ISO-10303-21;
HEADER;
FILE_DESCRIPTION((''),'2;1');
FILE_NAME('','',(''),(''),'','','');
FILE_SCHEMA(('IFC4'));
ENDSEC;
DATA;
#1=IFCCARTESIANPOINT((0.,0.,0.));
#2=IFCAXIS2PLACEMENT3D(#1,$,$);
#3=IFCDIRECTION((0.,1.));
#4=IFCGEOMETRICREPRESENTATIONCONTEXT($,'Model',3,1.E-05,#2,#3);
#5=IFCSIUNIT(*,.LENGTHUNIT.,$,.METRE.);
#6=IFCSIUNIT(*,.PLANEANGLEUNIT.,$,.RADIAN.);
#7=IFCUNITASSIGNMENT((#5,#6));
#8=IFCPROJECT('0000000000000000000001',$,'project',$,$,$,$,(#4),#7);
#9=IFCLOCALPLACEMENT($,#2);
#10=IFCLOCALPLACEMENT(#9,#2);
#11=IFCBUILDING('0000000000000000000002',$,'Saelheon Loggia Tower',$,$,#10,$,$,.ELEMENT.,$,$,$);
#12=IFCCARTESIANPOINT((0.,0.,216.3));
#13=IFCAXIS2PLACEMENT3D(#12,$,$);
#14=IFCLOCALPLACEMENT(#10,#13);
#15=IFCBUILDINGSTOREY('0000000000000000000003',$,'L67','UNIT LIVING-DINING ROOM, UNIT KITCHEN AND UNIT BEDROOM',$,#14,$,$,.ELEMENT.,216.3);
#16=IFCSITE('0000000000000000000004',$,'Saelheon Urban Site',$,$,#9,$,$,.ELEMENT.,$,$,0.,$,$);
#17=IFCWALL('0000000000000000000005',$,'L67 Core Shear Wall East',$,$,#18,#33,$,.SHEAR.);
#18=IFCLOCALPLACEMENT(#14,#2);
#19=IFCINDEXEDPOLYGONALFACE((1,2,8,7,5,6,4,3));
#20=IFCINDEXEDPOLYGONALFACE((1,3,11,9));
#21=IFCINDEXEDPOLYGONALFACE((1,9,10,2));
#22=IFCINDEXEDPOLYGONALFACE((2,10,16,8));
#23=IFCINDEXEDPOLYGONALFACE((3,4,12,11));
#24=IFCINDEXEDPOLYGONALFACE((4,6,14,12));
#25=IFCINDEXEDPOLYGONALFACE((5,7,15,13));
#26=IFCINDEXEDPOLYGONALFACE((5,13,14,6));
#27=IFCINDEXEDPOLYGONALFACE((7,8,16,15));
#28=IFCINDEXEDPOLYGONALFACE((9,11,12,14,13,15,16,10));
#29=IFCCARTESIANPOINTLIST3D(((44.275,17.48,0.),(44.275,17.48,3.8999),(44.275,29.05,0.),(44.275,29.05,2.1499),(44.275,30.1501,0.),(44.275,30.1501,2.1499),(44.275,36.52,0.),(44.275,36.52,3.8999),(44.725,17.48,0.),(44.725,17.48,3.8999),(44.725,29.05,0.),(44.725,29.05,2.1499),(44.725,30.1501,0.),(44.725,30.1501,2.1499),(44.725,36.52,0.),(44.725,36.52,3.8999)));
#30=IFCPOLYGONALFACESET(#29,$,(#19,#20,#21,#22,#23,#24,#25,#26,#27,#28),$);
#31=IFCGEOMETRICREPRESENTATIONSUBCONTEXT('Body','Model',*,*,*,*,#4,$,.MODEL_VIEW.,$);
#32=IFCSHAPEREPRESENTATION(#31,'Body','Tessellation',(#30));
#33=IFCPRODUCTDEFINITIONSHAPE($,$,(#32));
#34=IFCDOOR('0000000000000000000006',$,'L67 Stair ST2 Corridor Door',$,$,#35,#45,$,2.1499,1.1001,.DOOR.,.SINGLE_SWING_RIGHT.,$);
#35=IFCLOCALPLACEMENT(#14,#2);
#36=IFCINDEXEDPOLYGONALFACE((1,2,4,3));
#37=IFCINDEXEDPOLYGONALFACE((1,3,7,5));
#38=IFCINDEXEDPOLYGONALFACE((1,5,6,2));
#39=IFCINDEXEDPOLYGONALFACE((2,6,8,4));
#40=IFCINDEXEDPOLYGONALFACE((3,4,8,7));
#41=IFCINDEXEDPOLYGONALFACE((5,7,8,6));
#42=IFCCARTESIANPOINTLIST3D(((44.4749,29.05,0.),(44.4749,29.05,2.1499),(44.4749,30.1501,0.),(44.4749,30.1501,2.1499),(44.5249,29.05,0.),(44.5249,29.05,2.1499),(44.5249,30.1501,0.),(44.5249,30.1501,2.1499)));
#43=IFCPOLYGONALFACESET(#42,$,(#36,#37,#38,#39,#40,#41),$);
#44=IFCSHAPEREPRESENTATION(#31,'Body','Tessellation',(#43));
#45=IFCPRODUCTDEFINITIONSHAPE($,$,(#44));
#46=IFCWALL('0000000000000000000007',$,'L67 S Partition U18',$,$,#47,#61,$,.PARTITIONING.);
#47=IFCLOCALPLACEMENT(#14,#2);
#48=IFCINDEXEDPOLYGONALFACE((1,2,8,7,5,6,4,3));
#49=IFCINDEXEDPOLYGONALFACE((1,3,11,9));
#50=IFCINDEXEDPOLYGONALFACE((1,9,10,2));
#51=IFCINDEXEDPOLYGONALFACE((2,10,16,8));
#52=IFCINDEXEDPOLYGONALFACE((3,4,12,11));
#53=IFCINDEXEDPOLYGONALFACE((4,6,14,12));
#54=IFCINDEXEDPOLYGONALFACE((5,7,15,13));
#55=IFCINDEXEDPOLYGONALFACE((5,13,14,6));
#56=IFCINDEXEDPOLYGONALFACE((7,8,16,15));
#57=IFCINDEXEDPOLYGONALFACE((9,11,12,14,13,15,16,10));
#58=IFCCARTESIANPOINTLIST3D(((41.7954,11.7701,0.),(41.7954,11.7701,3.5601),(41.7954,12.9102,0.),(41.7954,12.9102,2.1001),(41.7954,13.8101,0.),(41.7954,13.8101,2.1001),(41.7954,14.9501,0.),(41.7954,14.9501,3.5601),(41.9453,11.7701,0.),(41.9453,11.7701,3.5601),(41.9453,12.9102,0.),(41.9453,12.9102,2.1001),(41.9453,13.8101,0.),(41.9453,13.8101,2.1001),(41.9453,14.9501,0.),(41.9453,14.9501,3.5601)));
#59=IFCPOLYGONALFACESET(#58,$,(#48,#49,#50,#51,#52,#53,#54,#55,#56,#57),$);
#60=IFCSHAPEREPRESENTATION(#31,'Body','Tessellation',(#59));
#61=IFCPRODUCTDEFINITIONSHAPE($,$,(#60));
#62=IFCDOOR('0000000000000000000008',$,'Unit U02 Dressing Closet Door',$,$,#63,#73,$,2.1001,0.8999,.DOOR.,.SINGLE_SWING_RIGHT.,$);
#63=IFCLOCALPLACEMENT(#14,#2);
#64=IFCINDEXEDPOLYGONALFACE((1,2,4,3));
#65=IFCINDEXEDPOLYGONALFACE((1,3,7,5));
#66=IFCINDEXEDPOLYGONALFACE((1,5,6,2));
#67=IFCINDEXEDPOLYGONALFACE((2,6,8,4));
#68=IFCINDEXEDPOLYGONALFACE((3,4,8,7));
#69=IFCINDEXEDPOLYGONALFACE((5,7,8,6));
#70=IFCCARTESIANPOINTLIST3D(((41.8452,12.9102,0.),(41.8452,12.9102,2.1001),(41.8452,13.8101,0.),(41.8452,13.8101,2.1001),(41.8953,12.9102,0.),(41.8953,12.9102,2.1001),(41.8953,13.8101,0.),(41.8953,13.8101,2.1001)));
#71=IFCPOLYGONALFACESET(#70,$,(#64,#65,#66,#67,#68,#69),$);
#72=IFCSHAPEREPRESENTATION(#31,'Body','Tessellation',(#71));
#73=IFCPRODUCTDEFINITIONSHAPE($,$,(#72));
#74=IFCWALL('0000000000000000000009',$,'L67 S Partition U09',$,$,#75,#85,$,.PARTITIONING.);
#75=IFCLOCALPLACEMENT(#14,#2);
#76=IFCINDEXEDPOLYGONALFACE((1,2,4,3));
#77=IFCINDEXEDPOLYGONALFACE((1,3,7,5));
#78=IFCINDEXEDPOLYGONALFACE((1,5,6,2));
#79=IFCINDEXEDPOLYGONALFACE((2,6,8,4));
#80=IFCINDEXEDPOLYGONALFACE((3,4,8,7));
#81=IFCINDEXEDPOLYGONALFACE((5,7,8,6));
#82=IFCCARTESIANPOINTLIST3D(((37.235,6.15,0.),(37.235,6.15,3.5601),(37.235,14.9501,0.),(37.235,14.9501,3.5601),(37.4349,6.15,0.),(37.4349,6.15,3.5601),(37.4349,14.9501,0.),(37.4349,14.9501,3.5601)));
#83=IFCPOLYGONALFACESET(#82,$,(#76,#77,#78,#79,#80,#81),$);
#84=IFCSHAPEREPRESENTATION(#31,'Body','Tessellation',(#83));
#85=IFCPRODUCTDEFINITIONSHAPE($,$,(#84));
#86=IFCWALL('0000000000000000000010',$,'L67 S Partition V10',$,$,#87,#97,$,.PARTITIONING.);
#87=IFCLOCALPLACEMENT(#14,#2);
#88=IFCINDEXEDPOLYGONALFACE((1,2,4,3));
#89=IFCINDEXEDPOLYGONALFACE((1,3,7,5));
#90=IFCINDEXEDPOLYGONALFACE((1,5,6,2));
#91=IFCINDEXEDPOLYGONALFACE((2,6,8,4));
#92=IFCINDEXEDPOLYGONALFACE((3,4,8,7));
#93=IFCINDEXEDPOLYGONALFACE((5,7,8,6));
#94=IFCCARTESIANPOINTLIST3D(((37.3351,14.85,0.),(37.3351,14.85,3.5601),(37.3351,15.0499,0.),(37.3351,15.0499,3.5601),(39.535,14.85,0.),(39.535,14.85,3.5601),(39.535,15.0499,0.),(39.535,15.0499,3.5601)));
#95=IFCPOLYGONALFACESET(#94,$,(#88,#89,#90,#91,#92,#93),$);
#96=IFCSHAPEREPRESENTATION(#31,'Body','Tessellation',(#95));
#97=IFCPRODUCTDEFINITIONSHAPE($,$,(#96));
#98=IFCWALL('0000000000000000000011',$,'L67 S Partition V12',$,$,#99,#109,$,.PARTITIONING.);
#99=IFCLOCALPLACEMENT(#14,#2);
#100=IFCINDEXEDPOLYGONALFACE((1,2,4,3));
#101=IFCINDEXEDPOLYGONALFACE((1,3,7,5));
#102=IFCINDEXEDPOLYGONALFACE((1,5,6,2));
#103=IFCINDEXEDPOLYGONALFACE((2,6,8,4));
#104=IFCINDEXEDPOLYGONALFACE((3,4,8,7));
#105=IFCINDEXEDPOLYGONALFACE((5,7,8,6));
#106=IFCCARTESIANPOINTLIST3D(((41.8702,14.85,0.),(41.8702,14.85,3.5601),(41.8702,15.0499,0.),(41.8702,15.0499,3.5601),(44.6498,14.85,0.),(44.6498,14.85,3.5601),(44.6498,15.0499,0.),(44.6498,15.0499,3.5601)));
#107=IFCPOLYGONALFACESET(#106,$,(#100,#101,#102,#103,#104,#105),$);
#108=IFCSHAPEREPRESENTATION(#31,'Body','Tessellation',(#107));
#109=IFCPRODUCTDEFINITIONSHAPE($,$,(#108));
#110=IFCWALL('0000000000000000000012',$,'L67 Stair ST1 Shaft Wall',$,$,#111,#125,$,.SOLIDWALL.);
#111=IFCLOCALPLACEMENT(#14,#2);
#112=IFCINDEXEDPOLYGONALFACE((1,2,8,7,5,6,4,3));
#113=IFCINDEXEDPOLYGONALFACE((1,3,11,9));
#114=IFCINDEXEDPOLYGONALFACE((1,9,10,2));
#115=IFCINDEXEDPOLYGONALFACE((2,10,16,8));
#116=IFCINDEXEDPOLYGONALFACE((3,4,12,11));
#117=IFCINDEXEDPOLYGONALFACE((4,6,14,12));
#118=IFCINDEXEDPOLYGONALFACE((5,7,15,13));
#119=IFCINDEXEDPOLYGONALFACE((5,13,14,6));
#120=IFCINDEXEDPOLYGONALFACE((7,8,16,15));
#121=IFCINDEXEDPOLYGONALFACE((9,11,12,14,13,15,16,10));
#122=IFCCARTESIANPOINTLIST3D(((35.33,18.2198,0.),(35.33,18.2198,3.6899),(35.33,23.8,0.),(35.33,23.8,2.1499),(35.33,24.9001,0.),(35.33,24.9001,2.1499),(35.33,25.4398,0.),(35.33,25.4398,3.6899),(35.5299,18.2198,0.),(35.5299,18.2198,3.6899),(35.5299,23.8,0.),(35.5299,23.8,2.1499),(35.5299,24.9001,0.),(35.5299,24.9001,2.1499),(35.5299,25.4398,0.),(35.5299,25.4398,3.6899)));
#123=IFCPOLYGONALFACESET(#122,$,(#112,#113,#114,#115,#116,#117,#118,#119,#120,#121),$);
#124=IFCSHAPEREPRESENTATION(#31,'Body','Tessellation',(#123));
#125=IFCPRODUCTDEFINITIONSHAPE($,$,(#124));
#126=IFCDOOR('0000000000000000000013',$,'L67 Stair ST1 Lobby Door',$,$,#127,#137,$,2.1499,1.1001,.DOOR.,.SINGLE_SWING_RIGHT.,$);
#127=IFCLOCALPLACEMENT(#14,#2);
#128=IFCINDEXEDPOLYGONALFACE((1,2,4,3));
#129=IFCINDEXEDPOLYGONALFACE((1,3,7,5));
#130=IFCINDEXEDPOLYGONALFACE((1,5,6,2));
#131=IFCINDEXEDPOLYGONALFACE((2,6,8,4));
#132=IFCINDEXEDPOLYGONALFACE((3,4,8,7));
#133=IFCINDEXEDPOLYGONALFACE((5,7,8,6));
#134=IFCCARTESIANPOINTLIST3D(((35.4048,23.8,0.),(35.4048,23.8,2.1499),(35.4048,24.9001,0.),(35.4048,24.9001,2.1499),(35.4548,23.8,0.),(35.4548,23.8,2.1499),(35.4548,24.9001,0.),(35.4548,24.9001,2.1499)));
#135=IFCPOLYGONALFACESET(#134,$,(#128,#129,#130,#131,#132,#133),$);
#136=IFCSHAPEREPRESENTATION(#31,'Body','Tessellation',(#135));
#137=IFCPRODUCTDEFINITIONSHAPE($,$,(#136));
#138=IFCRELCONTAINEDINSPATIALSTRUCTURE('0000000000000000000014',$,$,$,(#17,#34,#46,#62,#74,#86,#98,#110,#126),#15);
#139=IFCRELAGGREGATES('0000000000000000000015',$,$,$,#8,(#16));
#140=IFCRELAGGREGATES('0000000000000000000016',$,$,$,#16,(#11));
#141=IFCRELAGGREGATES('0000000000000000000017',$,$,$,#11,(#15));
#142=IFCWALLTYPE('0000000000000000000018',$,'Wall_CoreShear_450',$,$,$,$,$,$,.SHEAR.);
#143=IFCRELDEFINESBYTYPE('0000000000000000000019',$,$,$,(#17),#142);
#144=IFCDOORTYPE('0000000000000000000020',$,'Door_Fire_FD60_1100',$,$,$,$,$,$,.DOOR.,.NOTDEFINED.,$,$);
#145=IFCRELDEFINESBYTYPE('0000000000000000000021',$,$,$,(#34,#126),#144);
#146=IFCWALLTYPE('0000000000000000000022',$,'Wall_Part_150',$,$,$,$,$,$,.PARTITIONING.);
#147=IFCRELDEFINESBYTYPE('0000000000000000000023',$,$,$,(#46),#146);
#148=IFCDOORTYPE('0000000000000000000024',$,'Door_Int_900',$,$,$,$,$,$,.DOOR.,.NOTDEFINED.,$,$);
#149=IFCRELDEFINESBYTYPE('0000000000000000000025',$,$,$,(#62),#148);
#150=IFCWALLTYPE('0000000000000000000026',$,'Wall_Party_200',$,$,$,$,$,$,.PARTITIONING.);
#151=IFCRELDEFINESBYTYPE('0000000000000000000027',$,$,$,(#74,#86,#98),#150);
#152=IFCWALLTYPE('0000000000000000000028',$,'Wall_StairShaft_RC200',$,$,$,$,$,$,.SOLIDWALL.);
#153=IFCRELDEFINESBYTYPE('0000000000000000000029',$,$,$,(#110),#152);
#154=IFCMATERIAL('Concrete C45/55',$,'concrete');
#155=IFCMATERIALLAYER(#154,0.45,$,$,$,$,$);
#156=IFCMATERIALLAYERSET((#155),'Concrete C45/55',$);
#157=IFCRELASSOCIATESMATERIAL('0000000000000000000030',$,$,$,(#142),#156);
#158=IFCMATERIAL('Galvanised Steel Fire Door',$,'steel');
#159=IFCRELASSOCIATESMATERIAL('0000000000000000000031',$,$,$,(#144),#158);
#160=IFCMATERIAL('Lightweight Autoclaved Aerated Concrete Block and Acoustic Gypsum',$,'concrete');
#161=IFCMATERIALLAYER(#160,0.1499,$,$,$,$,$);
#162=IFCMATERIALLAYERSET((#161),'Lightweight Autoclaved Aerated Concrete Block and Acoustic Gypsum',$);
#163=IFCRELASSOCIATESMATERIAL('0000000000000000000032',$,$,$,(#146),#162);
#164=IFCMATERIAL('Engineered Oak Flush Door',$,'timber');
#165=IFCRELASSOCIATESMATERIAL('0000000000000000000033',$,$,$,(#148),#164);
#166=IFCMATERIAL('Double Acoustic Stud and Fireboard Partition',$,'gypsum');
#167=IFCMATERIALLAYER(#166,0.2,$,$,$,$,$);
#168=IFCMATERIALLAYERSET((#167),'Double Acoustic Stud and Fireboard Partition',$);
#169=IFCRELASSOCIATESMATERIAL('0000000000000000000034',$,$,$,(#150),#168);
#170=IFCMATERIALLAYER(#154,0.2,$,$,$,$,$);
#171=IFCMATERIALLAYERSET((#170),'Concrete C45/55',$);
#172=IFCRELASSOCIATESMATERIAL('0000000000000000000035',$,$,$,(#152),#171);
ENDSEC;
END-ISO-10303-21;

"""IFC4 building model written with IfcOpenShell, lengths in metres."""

from ifc_helpers import new_model, si_unit, direction, frame, frame_2d, origin, place, context, subcontext, project, spatial, rectangle, extrude, source, transform, mapped, material, layer, layer_set, type_object, element, fill, save


model = new_model("IFC4")

# Units and contexts
model_context = context("Model", 3, precision=1e-05, world=origin(), true_north=direction((0.0, 1.0)))
body_context = subcontext(model_context, "Body", "Model", "MODEL_VIEW")
ifc_project = project(units=[si_unit("LENGTHUNIT", "METRE"), si_unit("PLANEANGLEUNIT", "RADIAN")], contexts=[model_context])

# Site, building, storey
site_placement = place(None, origin())
site = spatial("IfcSite", under=ifc_project, at=site_placement, Name="Saelheon Urban Site", CompositionType="ELEMENT", RefElevation=0.0)
building_placement = place(site_placement, origin())
building = spatial("IfcBuilding", under=site, at=building_placement, Name="Saelheon Loggia Tower", CompositionType="ELEMENT")
storey_placement = place(building_placement, frame((0.0, 0.0, 216.3)))
storey = spatial("IfcBuildingStorey", under=building, at=storey_placement, Name="L67", Description="UNIT LIVING-DINING ROOM, UNIT KITCHEN AND UNIT BEDROOM", CompositionType="ELEMENT", Elevation=216.3)

# Walls, openings, doors
ifc_material_1 = material(Name="Concrete C45/55", Category="concrete")
ifc_layer_1 = layer(ifc_material_1, 0.45)
ifc_layer_set_1 = layer_set([ifc_layer_1], Name="Concrete C45/55")
wall_type_1 = type_object("IfcWallType", Name="Wall_CoreShear_450", PredefinedType="SHEAR", material=ifc_layer_set_1)
wall_1_placement = place(storey_placement, frame((44.5, 17.48, 0.0), z_axis=(0.0, 0.0, 1.0), x_axis=(0.0, 1.0, 0.0)))
wall_1 = element("IfcWall", 1, at=wall_1_placement, inside=storey, type_object=wall_type_1, Name="L67 Core Shear Wall East", PredefinedType="SHEAR", context=body_context, shape_type="SweptSolid", body=[
    extrude(rectangle(XDim=19.04, YDim=0.45, at=frame_2d((9.52, 0.0))), origin(), (0.0, 0.0, 1.0), 3.8999),
])
opening_1_placement = place(wall_1_placement, frame((12.6702, 0.0, 0.0), z_axis=(0.0, 0.0, 1.0), x_axis=(-1.0, 0.0, 0.0)))
opening_1 = element("IfcOpeningElement", 2, at=opening_1_placement, cuts=wall_1, PredefinedType="OPENING", context=body_context, shape_type="SweptSolid", body=[
    extrude(rectangle(XDim=1.1001, YDim=2.1499, at=frame_2d((0.55, 1.075))), frame((0.0, 0.2371, 0.0), z_axis=(0.0, -1.0, 0.0), x_axis=(1.0, 0.0, 0.0)), (0.0, 0.0, 1.0), 0.4739),
])
ifc_material_2 = material(Name="Galvanised Steel Fire Door", Category="steel")
door_type_1 = type_object("IfcDoorType", Name="Door_Fire_FD60_1100", OperationType="NOTDEFINED", PredefinedType="DOOR", material=ifc_material_2)
shared_shape_1 = source(origin(), body_context, "Body", "SweptSolid", [
    extrude(rectangle(XDim=1.1001, YDim=2.1499, at=frame_2d((0.55, 1.075))), frame((0.0, 0.0249, 0.0), z_axis=(0.0, -1.0, 0.0), x_axis=(1.0, 0.0, 0.0)), (0.0, 0.0, 1.0), 0.05),
])
door_1_placement = place(opening_1_placement, origin())
door_1 = element("IfcDoor", 3, at=door_1_placement, inside=storey, type_object=door_type_1, Name="L67 Stair ST2 Corridor Door", OperationType="SINGLE_SWING_RIGHT", OverallHeight=2.1499, OverallWidth=1.1001, PredefinedType="DOOR", context=body_context, shape_type="MappedRepresentation", body=[
    mapped(shared_shape_1, transform((0.0, 0.0, 0.0), scale=1.0)),
])
fill(opening_1, door_1)
ifc_material_3 = material(Name="Lightweight Autoclaved Aerated Concrete Block and Acoustic Gypsum", Category="concrete")
ifc_layer_2 = layer(ifc_material_3, 0.1499)
ifc_layer_set_2 = layer_set([ifc_layer_2], Name="Lightweight Autoclaved Aerated Concrete Block and Acoustic Gypsum")
wall_type_2 = type_object("IfcWallType", Name="Wall_Part_150", PredefinedType="PARTITIONING", material=ifc_layer_set_2)
wall_2_placement = place(storey_placement, frame((41.8704, 14.95, 0.0), z_axis=(0.0, 0.0, 1.0), x_axis=(0.0, -1.0, 0.0)))
wall_2 = element("IfcWall", 4, at=wall_2_placement, inside=storey, type_object=wall_type_2, Name="L67 S Partition U18", PredefinedType="PARTITIONING", context=body_context, shape_type="SweptSolid", body=[
    extrude(rectangle(XDim=3.1799, YDim=0.1499, at=frame_2d((1.5898, 0.0))), origin(), (0.0, 0.0, 1.0), 3.5601),
])
opening_2_placement = place(wall_2_placement, frame((1.1399, 0.0, 0.0)))
opening_2 = element("IfcOpeningElement", 5, at=opening_2_placement, cuts=wall_2, PredefinedType="OPENING", context=body_context, shape_type="SweptSolid", body=[
    extrude(rectangle(XDim=0.8999, YDim=2.1001, at=frame_2d((0.45, 1.05))), frame((0.0, 0.0869, 0.0), z_axis=(0.0, -1.0, 0.0), x_axis=(1.0, 0.0, 0.0)), (0.0, 0.0, 1.0), 0.1738),
])
ifc_material_4 = material(Name="Engineered Oak Flush Door", Category="timber")
door_type_2 = type_object("IfcDoorType", Name="Door_Int_900", OperationType="NOTDEFINED", PredefinedType="DOOR", material=ifc_material_4)
shared_shape_2 = source(origin(), body_context, "Body", "SweptSolid", [
    extrude(rectangle(XDim=0.8999, YDim=2.1001, at=frame_2d((0.45, 1.05))), frame((0.0, 0.0249, 0.0), z_axis=(0.0, -1.0, 0.0), x_axis=(1.0, 0.0, 0.0)), (0.0, 0.0, 1.0), 0.05),
])
door_2_placement = place(opening_2_placement, origin())
door_2 = element("IfcDoor", 6, at=door_2_placement, inside=storey, type_object=door_type_2, Name="Unit U02 Dressing Closet Door", OperationType="SINGLE_SWING_RIGHT", OverallHeight=2.1001, OverallWidth=0.8999, PredefinedType="DOOR", context=body_context, shape_type="MappedRepresentation", body=[
    mapped(shared_shape_2, transform((0.0, 0.0, 0.0), scale=1.0)),
])
fill(opening_2, door_2)

# Walls
ifc_material_5 = material(Name="Double Acoustic Stud and Fireboard Partition", Category="gypsum")
ifc_layer_3 = layer(ifc_material_5, 0.2)
ifc_layer_set_3 = layer_set([ifc_layer_3], Name="Double Acoustic Stud and Fireboard Partition")
wall_type_3 = type_object("IfcWallType", Name="Wall_Party_200", PredefinedType="PARTITIONING", material=ifc_layer_set_3)
wall_3_placement = place(storey_placement, frame((37.335, 14.95, 0.0), z_axis=(0.0, 0.0, 1.0), x_axis=(0.0, -1.0, 0.0)))
element("IfcWall", 7, at=wall_3_placement, inside=storey, type_object=wall_type_3, Name="L67 S Partition U09", PredefinedType="PARTITIONING", context=body_context, shape_type="SweptSolid", body=[
    extrude(rectangle(XDim=8.8, YDim=0.2, at=frame_2d((4.3999, 0.0))), origin(), (0.0, 0.0, 1.0), 3.5601),
])
wall_4_placement = place(storey_placement, frame((37.335, 14.95, 0.0), z_axis=(0.0, 0.0, 1.0), x_axis=(1.0, 0.0, 0.0)))
element("IfcWall", 8, at=wall_4_placement, inside=storey, type_object=wall_type_3, Name="L67 S Partition V10", PredefinedType="PARTITIONING", context=body_context, shape_type="SweptSolid", body=[
    extrude(rectangle(XDim=2.2, YDim=0.2, at=frame_2d((1.1001, 0.0))), origin(), (0.0, 0.0, 1.0), 3.5601),
])

# Wall
wall_5_placement = place(storey_placement, frame((41.8704, 14.95, 0.0), z_axis=(0.0, 0.0, 1.0), x_axis=(1.0, 0.0, 0.0)))
element("IfcWall", 9, at=wall_5_placement, inside=storey, type_object=wall_type_3, Name="L67 S Partition V12", PredefinedType="PARTITIONING", context=body_context, shape_type="SweptSolid", body=[
    extrude(rectangle(XDim=2.7795, YDim=0.2, at=frame_2d((1.3896, 0.0))), origin(), (0.0, 0.0, 1.0), 3.5601),
])

# Wall, opening, door
ifc_layer_4 = layer(ifc_material_1, 0.2)
ifc_layer_set_4 = layer_set([ifc_layer_4], Name="Concrete C45/55")
wall_type_4 = type_object("IfcWallType", Name="Wall_StairShaft_RC200", PredefinedType="SOLIDWALL", material=ifc_layer_set_4)
wall_6_placement = place(storey_placement, frame((35.4299, 18.22, 0.0), z_axis=(0.0, 0.0, 1.0), x_axis=(0.0, 1.0, 0.0)))
wall_6 = element("IfcWall", 10, at=wall_6_placement, inside=storey, type_object=wall_type_4, Name="L67 Stair ST1 Shaft Wall", PredefinedType="SOLIDWALL", context=body_context, shape_type="SweptSolid", body=[
    extrude(rectangle(XDim=7.22, YDim=0.2, at=frame_2d((3.6099, 0.0))), origin(), (0.0, 0.0, 1.0), 3.6899),
])
opening_3_placement = place(wall_6_placement, frame((6.6802, 0.0, 0.0), z_axis=(0.0, 0.0, 1.0), x_axis=(-1.0, 0.0, 0.0)))
opening_3 = element("IfcOpeningElement", 11, at=opening_3_placement, cuts=wall_6, PredefinedType="OPENING", context=body_context, shape_type="SweptSolid", body=[
    extrude(rectangle(XDim=1.1001, YDim=2.1499, at=frame_2d((0.55, 1.075))), frame((0.0, 0.1121, 0.0), z_axis=(0.0, -1.0, 0.0), x_axis=(1.0, 0.0, 0.0)), (0.0, 0.0, 1.0), 0.2239),
])
door_3_placement = place(opening_3_placement, origin())
door_3 = element("IfcDoor", 12, at=door_3_placement, inside=storey, type_object=door_type_1, Name="L67 Stair ST1 Lobby Door", OperationType="SINGLE_SWING_RIGHT", OverallHeight=2.1499, OverallWidth=1.1001, PredefinedType="DOOR", context=body_context, shape_type="MappedRepresentation", body=[
    mapped(shared_shape_1, transform((0.0, 0.0, 0.0), scale=1.0)),
])
fill(opening_3, door_3)

save(model, "model.ifc")
